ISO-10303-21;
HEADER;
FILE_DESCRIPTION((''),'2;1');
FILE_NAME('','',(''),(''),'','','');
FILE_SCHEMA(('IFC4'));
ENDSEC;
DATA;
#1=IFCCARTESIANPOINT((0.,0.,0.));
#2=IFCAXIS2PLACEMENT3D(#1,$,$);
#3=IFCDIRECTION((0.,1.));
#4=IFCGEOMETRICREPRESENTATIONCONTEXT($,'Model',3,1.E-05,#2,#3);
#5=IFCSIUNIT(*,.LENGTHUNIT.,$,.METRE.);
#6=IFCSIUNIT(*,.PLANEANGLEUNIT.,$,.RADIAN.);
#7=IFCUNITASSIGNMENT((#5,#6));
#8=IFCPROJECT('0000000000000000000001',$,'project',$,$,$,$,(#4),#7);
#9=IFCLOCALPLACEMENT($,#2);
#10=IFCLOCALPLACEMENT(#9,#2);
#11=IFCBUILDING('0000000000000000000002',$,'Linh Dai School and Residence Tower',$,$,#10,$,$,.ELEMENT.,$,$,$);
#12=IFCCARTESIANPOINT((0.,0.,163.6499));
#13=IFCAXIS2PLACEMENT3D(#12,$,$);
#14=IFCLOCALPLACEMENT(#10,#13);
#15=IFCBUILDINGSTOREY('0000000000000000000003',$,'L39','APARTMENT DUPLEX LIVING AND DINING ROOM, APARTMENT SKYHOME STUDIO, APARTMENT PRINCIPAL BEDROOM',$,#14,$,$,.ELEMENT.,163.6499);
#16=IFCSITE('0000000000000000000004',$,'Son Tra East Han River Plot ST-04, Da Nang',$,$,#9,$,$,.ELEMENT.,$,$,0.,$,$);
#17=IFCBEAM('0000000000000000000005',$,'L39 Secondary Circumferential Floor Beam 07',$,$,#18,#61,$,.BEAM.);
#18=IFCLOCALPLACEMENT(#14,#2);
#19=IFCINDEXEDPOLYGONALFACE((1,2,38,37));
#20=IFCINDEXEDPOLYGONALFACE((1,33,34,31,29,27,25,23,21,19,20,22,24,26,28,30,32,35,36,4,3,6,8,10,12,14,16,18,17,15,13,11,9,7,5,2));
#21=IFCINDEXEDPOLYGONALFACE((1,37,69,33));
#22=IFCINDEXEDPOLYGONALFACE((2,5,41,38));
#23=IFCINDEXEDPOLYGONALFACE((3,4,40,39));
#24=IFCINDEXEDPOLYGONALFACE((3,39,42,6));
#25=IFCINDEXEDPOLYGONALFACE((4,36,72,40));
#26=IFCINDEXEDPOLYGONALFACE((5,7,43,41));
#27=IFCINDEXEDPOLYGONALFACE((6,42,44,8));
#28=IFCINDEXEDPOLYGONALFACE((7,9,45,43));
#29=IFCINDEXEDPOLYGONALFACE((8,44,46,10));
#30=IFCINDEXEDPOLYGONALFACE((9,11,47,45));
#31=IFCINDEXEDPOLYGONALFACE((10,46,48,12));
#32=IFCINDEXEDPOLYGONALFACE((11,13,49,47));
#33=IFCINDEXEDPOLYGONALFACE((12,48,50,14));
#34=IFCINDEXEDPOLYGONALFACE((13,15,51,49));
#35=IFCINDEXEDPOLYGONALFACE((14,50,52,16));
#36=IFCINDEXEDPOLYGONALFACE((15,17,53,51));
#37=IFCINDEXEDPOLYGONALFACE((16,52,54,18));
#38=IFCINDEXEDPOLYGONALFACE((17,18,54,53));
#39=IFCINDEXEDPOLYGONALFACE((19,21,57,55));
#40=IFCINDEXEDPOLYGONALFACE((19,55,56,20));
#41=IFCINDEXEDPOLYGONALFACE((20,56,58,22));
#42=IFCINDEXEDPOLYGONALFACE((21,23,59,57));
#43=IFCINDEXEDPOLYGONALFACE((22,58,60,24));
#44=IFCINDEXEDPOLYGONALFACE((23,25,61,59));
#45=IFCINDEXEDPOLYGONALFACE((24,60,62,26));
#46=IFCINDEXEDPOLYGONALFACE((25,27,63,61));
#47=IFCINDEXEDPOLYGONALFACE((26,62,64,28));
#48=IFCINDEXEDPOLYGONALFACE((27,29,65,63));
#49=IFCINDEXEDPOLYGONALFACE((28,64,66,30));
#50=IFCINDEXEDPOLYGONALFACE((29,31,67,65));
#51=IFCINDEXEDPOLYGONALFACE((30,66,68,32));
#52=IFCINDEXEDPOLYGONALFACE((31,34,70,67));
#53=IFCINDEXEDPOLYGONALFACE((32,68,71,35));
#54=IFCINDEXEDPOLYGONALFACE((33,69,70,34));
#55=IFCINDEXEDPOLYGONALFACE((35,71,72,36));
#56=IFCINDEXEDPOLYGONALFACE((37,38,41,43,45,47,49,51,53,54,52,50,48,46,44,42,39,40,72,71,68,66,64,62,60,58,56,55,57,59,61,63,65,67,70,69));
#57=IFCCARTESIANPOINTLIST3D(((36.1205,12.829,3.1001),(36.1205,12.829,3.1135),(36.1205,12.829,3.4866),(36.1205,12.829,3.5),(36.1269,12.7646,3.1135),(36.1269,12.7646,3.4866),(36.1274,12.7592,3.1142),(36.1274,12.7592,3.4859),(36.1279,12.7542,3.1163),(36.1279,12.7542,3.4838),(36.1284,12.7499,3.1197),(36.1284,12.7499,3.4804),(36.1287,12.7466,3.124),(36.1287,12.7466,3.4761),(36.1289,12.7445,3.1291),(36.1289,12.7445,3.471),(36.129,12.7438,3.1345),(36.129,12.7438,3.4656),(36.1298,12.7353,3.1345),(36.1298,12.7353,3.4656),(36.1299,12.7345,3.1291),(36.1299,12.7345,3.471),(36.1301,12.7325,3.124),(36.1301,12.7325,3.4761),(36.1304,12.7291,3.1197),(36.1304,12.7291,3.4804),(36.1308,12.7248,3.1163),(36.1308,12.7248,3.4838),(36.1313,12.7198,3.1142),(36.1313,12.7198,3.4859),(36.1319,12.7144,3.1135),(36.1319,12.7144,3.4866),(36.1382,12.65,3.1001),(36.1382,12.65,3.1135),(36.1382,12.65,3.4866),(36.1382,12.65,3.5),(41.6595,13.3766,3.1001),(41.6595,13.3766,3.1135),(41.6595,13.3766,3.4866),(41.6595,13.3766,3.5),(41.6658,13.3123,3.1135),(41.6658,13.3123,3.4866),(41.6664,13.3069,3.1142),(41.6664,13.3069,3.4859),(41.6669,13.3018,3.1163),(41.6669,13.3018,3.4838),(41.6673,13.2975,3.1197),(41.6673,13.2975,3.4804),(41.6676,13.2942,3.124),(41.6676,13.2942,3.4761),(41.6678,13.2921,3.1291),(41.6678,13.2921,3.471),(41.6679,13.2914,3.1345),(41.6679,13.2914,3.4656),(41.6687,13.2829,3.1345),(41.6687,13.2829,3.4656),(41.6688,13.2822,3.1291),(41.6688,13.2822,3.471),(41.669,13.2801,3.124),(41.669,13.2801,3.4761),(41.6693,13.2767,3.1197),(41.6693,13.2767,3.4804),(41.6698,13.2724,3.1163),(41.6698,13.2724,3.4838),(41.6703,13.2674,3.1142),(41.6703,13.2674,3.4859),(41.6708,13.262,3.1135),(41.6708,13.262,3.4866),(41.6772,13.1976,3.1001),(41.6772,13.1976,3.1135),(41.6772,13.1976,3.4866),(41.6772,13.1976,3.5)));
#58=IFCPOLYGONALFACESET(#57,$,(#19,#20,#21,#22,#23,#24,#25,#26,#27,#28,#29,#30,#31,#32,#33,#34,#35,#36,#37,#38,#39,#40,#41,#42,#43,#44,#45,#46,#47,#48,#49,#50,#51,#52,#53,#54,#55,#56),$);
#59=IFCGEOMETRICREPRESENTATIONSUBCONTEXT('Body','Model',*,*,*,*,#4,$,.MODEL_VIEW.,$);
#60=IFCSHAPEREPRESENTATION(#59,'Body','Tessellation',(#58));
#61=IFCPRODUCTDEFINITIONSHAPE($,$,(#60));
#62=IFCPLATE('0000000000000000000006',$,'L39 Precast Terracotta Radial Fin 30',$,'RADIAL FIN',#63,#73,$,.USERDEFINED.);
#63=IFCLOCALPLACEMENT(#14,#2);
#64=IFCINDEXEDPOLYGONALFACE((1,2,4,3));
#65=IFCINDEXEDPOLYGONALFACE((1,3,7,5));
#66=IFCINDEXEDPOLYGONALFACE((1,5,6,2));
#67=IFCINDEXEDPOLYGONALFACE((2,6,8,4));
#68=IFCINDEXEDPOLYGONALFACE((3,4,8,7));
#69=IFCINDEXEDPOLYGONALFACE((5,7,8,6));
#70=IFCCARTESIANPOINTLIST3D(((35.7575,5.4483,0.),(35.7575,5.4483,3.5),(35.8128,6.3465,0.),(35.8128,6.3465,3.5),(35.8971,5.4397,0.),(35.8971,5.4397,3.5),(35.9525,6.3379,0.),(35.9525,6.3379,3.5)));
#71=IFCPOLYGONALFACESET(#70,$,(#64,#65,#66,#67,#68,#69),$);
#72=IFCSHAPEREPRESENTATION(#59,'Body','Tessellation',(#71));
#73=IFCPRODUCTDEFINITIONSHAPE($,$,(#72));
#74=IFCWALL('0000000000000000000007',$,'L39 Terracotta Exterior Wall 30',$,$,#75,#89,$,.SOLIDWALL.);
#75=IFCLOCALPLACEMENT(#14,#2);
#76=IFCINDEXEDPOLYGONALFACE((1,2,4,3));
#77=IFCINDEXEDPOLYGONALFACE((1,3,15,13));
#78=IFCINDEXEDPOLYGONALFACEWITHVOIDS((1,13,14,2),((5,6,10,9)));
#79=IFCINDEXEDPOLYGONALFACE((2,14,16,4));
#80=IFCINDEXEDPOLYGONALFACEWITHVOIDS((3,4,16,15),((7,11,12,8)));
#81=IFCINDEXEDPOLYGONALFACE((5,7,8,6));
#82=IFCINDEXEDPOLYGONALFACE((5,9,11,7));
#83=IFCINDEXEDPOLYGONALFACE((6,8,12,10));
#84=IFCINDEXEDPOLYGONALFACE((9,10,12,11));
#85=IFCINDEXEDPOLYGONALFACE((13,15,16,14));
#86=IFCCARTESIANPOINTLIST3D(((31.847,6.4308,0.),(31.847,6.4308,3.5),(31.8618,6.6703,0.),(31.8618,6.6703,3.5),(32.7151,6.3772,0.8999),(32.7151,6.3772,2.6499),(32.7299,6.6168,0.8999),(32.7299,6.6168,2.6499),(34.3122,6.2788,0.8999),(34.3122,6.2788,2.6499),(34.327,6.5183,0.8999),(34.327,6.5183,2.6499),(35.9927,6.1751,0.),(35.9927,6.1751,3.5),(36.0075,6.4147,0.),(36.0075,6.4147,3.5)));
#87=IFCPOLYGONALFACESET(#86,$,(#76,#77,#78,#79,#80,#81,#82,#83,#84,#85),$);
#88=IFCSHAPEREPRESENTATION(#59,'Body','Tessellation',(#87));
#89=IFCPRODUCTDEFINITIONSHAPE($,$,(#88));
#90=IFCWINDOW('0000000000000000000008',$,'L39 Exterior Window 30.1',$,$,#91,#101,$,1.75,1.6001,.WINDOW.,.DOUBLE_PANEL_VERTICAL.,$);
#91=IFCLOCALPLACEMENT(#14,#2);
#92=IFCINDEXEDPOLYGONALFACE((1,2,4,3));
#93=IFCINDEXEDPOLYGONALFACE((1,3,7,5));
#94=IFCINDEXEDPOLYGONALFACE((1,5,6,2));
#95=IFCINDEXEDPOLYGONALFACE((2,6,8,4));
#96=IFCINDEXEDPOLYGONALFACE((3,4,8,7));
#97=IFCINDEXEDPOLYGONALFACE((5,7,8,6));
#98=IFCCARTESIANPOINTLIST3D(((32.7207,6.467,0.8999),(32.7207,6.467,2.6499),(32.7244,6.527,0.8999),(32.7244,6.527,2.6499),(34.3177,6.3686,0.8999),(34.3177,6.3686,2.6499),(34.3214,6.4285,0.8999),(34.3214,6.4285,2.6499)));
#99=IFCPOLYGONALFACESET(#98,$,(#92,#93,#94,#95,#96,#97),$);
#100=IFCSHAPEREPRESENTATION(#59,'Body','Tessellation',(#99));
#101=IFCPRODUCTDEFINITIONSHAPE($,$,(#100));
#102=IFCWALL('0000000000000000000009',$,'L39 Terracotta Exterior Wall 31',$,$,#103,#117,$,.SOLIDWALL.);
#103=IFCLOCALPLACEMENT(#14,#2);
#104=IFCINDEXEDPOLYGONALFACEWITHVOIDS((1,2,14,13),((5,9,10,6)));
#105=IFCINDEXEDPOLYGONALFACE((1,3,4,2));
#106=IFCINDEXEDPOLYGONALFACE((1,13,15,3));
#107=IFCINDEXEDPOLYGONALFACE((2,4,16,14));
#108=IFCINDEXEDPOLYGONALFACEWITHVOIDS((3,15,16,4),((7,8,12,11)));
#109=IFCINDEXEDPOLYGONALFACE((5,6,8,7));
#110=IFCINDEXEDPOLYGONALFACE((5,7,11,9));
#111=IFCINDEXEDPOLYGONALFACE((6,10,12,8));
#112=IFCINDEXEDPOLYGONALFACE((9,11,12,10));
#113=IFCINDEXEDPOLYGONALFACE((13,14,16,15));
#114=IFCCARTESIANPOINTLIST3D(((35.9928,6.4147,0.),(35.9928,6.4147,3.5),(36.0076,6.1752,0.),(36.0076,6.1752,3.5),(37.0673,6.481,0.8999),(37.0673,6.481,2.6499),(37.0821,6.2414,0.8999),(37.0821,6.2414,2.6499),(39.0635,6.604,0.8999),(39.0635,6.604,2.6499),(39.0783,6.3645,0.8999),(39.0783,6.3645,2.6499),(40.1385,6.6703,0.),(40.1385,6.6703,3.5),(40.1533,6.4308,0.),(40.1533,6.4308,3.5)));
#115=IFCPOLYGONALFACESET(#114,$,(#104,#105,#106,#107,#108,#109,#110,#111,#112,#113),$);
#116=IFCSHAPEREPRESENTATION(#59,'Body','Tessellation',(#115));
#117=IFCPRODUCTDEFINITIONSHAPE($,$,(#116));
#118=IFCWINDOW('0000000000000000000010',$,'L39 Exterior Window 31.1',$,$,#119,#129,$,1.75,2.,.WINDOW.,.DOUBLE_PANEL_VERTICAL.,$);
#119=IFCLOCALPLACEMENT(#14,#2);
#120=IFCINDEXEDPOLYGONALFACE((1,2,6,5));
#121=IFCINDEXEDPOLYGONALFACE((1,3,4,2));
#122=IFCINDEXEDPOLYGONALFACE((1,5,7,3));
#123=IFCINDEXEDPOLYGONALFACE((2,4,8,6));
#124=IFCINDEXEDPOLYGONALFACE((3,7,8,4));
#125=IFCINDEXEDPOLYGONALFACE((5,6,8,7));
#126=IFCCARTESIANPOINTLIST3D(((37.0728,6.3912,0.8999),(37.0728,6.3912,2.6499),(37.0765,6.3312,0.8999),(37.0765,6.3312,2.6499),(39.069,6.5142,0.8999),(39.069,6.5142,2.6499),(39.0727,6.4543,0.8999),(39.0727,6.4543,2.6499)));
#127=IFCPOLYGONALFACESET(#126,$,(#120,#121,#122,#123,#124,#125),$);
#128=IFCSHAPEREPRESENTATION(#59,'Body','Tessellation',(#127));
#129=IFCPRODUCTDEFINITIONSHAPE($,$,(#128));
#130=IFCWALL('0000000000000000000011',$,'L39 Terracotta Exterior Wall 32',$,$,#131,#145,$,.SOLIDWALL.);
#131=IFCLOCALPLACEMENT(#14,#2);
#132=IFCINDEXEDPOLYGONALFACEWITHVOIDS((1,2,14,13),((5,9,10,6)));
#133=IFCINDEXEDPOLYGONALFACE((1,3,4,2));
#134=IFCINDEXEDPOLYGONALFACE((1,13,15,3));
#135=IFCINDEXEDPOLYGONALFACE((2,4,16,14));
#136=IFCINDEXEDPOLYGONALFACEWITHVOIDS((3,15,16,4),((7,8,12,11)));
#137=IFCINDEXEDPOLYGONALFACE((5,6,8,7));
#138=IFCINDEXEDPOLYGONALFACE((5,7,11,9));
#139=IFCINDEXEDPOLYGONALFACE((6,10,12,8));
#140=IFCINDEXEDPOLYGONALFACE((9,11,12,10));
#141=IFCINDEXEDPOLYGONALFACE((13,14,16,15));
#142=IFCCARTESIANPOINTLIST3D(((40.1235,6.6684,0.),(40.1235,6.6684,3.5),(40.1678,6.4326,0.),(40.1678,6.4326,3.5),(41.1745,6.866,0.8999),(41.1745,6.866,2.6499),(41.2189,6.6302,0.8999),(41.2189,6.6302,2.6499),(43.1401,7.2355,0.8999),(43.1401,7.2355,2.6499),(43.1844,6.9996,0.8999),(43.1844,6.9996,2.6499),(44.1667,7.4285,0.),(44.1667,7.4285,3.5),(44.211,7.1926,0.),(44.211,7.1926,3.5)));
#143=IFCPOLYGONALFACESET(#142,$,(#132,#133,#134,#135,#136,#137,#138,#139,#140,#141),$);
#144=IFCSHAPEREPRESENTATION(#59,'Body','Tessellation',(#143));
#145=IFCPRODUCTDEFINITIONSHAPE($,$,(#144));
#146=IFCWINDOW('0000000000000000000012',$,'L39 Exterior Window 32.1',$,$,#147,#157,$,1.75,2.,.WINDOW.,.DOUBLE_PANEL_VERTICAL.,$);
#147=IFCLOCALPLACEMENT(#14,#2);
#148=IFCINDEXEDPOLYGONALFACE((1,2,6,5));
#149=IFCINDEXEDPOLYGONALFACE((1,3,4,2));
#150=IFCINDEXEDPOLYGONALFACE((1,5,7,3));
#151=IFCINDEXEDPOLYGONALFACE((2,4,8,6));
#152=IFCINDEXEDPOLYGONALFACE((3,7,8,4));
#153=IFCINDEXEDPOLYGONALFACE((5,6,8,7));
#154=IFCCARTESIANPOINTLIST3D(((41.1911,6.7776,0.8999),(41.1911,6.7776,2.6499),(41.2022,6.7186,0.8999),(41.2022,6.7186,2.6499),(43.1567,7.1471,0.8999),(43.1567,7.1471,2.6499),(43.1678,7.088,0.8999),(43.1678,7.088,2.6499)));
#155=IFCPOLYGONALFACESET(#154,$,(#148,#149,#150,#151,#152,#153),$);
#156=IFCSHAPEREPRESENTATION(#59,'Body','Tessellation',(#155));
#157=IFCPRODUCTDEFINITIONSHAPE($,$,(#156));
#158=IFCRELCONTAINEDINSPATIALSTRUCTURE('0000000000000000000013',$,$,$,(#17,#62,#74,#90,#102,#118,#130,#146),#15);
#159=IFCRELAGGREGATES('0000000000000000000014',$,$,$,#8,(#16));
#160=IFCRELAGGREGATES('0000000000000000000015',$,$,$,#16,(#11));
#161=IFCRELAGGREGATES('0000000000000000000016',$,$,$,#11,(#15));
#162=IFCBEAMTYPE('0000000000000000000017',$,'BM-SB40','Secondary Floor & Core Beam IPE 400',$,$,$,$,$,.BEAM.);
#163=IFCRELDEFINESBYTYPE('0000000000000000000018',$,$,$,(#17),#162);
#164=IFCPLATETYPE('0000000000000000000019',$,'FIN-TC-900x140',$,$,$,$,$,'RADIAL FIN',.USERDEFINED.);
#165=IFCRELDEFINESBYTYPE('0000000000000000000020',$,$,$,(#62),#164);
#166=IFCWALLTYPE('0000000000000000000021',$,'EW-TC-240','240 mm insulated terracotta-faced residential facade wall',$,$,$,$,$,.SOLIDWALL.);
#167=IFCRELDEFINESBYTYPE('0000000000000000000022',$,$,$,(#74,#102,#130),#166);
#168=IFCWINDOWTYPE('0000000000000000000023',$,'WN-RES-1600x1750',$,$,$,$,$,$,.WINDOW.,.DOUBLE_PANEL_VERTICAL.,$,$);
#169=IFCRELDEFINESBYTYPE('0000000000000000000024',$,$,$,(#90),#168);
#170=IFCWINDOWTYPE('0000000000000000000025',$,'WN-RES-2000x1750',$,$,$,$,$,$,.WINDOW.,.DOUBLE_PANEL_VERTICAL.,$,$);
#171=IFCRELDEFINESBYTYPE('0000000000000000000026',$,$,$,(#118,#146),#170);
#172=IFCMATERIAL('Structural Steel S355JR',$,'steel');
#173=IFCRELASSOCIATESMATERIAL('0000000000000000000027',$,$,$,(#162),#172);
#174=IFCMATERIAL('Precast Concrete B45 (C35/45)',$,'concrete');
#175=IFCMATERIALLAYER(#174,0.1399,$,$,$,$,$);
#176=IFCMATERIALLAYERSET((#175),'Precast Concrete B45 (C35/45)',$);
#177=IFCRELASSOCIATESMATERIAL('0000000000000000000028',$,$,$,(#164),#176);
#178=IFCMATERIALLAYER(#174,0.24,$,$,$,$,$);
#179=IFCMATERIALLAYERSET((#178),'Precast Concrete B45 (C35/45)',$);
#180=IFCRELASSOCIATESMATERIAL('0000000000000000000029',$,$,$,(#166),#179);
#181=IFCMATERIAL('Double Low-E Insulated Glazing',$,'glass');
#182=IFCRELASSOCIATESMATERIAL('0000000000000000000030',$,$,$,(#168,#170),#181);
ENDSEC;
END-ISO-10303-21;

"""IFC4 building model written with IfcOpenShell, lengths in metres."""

from ifc_helpers import new_model, si_unit, direction, frame, frame_2d, origin, origin_2d, place, context, subcontext, project, spatial, rectangle, i_section, extrude, source, transform, mapped, material, layer, layer_set, material_profile, profile_set, type_object, element, fill, save


model = new_model("IFC4")

# Units and contexts
model_context = context("Model", 3, precision=1e-05, world=origin(), true_north=direction((0.0, 1.0)))
body_context = subcontext(model_context, "Body", "Model", "MODEL_VIEW")
ifc_project = project(units=[si_unit("LENGTHUNIT", "METRE"), si_unit("PLANEANGLEUNIT", "RADIAN")], contexts=[model_context])

# Site, building, storey
site_placement = place(None, origin())
site = spatial("IfcSite", under=ifc_project, at=site_placement, Name="Son Tra East Han River Plot ST-04, Da Nang", CompositionType="ELEMENT", RefElevation=0.0)
building_placement = place(site_placement, origin())
building = spatial("IfcBuilding", under=site, at=building_placement, Name="Linh Dai School and Residence Tower", CompositionType="ELEMENT")
storey_placement = place(building_placement, frame((0.0, 0.0, 163.6499)))
storey = spatial("IfcBuildingStorey", under=building, at=storey_placement, Name="L39", Description="APARTMENT DUPLEX LIVING AND DINING ROOM, APARTMENT SKYHOME STUDIO, APARTMENT PRINCIPAL BEDROOM", CompositionType="ELEMENT", Elevation=163.6499)

# Shared definitions
ifc_material_1 = material(Name="Structural Steel S355JR", Category="steel")

# Beam
ifc_material_profile_1 = material_profile(ifc_material_1, i_section(OverallWidth=0.1799, OverallDepth=0.3999, WebThickness=0.0085, FlangeThickness=0.0134, FilletRadius=0.021, at=origin_2d()), Name="IPE 400")
ifc_profile_set_1 = profile_set([ifc_material_profile_1], Name="Structural Steel S355JR")
beam_type_1 = type_object("IfcBeamType", Name="BM-SB40", Description="Secondary Floor & Core Beam IPE 400", PredefinedType="BEAM", material=ifc_profile_set_1)
beam_1_placement = place(storey_placement, frame((36.1294, 12.7395, 3.3), z_axis=(0.995148, 0.098388, 0.0), x_axis=(-0.098388, 0.995148, 0.0)))
element("IfcBeam", 1, at=beam_1_placement, inside=storey, type_object=beam_type_1, Name="L39 Secondary Circumferential Floor Beam 07", PredefinedType="BEAM", context=body_context, shape_type="SweptSolid", body=[
    extrude(i_section(OverallWidth=0.1799, OverallDepth=0.3999, WebThickness=0.0085, FlangeThickness=0.0134, FilletRadius=0.021, at=origin_2d()), origin(), (0.0, 0.0, 1.0), 5.5659),
])

# Plate
ifc_material_2 = material(Name="Precast Concrete B45 (C35/45)", Category="concrete")
ifc_layer_1 = layer(ifc_material_2, 0.1399)
ifc_layer_set_1 = layer_set([ifc_layer_1], Name="Precast Concrete B45 (C35/45)")
plate_type = type_object("IfcPlateType", Name="FIN-TC-900x140", ElementType="RADIAL FIN", PredefinedType="USERDEFINED", material=ifc_layer_set_1)
shared_shape_1 = source(origin(), body_context, "Body", "SweptSolid", [
    extrude(rectangle(XDim=0.8999, YDim=0.1399, at=origin_2d()), origin(), (0.0, 0.0, 1.0), 3.5),
])
plate_placement = place(storey_placement, frame((35.855, 5.8931, 0.0), z_axis=(0.0, 0.0, 1.0), x_axis=(-0.061512, -0.998106, 0.0)))
element("IfcPlate", 2, at=plate_placement, inside=storey, type_object=plate_type, Name="L39 Precast Terracotta Radial Fin 30", ObjectType="RADIAL FIN", PredefinedType="USERDEFINED", context=body_context, shape_type="MappedRepresentation", body=[
    mapped(shared_shape_1, transform((0.0, 0.0, 0.0), x_axis=(1.0, 0.0, 0.0), y_axis=(0.0, 1.0, 0.0), z_axis=(0.0, 0.0, 1.0), scale=1.0)),
])

# Walls, openings, windows
ifc_layer_2 = layer(ifc_material_2, 0.24)
ifc_layer_set_2 = layer_set([ifc_layer_2], Name="Precast Concrete B45 (C35/45)")
wall_type_1 = type_object("IfcWallType", Name="EW-TC-240", Description="240 mm insulated terracotta-faced residential facade wall", PredefinedType="SOLIDWALL", material=ifc_layer_set_2)
wall_1_placement = place(storey_placement, frame((36.0, 6.2949, 0.0), z_axis=(0.0, 0.0, 1.0), x_axis=(-0.998105, 0.06154, 0.0)))
wall_1 = element("IfcWall", 3, at=wall_1_placement, inside=storey, type_object=wall_type_1, Name="L39 Terracotta Exterior Wall 30", PredefinedType="SOLIDWALL", context=body_context, shape_type="SweptSolid", body=[
    extrude(rectangle(XDim=4.1536, YDim=0.24, at=frame_2d((2.0767, 0.0))), origin(), (0.0, 0.0, 1.0), 3.5),
])
opening_1_placement = place(wall_1_placement, frame((1.6836, 0.0, 0.8999)))
opening_1 = element("IfcOpeningElement", 4, at=opening_1_placement, cuts=wall_1, PredefinedType="OPENING", context=body_context, shape_type="SweptSolid", body=[
    extrude(rectangle(XDim=1.6001, YDim=1.75, at=origin_2d()), frame((0.8, 0.1299, 0.875), z_axis=(0.0, -1.0, 0.0), x_axis=(1.0, 0.0, 0.0)), (0.0, 0.0, 1.0), 0.26),
])
ifc_material_3 = material(Name="Double Low-E Insulated Glazing", Category="glass")
window_type_1 = type_object("IfcWindowType", Name="WN-RES-1600x1750", PartitioningType="DOUBLE_PANEL_VERTICAL", PredefinedType="WINDOW", material=ifc_material_3)
shared_shape_2 = source(origin(), body_context, "Body", "SweptSolid", [
    extrude(rectangle(XDim=1.6001, YDim=1.75, at=origin_2d()), frame((0.8, 0.03, 0.875), z_axis=(0.0, -1.0, 0.0), x_axis=(1.0, 0.0, 0.0)), (0.0, 0.0, 1.0), 0.0601),
])
window_1_placement = place(opening_1_placement, origin())
window_1 = element("IfcWindow", 5, at=window_1_placement, inside=storey, type_object=window_type_1, Name="L39 Exterior Window 30.1", OverallHeight=1.75, OverallWidth=1.6001, PartitioningType="DOUBLE_PANEL_VERTICAL", PredefinedType="WINDOW", context=body_context, shape_type="MappedRepresentation", body=[
    mapped(shared_shape_2, transform((0.0, 0.0, 0.0), x_axis=(1.0, 0.0, 0.0), y_axis=(0.0, 1.0, 0.0), z_axis=(0.0, 0.0, 1.0), scale=1.0)),
])
fill(opening_1, window_1)
wall_2_placement = place(storey_placement, frame((40.1458, 6.5505, 0.0), z_axis=(0.0, 0.0, 1.0), x_axis=(-0.998105, -0.06154, 0.0)))
wall_2 = element("IfcWall", 6, at=wall_2_placement, inside=storey, type_object=wall_type_1, Name="L39 Terracotta Exterior Wall 31", PredefinedType="SOLIDWALL", context=body_context, shape_type="SweptSolid", body=[
    extrude(rectangle(XDim=4.1536, YDim=0.24, at=frame_2d((2.0767, 0.0))), origin(), (0.0, 0.0, 1.0), 3.5),
])
opening_2_placement = place(wall_2_placement, frame((1.0769, 0.0, 0.8999)))
opening_2 = element("IfcOpeningElement", 7, at=opening_2_placement, cuts=wall_2, PredefinedType="OPENING", context=body_context, shape_type="SweptSolid", body=[
    extrude(rectangle(XDim=2.0, YDim=1.75, at=origin_2d()), frame((1.0, 0.1299, 0.875), z_axis=(0.0, -1.0, 0.0), x_axis=(1.0, 0.0, 0.0)), (0.0, 0.0, 1.0), 0.26),
])
window_type_2 = type_object("IfcWindowType", Name="WN-RES-2000x1750", PartitioningType="DOUBLE_PANEL_VERTICAL", PredefinedType="WINDOW", material=ifc_material_3)
shared_shape_3 = source(origin(), body_context, "Body", "SweptSolid", [
    extrude(rectangle(XDim=2.0, YDim=1.75, at=origin_2d()), frame((1.0, 0.03, 0.875), z_axis=(0.0, -1.0, 0.0), x_axis=(1.0, 0.0, 0.0)), (0.0, 0.0, 1.0), 0.0601),
])
window_2_placement = place(opening_2_placement, origin())
window_2 = element("IfcWindow", 8, at=window_2_placement, inside=storey, type_object=window_type_2, Name="L39 Exterior Window 31.1", OverallHeight=1.75, OverallWidth=2.0, PartitioningType="DOUBLE_PANEL_VERTICAL", PredefinedType="WINDOW", context=body_context, shape_type="MappedRepresentation", body=[
    mapped(shared_shape_3, transform((0.0, 0.0, 0.0), x_axis=(1.0, 0.0, 0.0), y_axis=(0.0, 1.0, 0.0), z_axis=(0.0, 0.0, 1.0), scale=1.0)),
])
fill(opening_2, window_2)
wall_3_placement = place(storey_placement, frame((44.189, 7.3105, 0.0), z_axis=(0.0, 0.0, 1.0), x_axis=(-0.982788, -0.184736, 0.0)))
wall_3 = element("IfcWall", 9, at=wall_3_placement, inside=storey, type_object=wall_type_1, Name="L39 Terracotta Exterior Wall 32", PredefinedType="SOLIDWALL", context=body_context, shape_type="SweptSolid", body=[
    extrude(rectangle(XDim=4.114, YDim=0.24, at=frame_2d((2.0571, 0.0))), origin(), (0.0, 0.0, 1.0), 3.5),
])
opening_3_placement = place(wall_3_placement, frame((1.0447, 0.0, 0.8999)))
opening_3 = element("IfcOpeningElement", 10, at=opening_3_placement, cuts=wall_3, PredefinedType="OPENING", context=body_context, shape_type="SweptSolid", body=[
    extrude(rectangle(XDim=2.0, YDim=1.75, at=origin_2d()), frame((1.0, 0.1299, 0.875), z_axis=(0.0, -1.0, 0.0), x_axis=(1.0, 0.0, 0.0)), (0.0, 0.0, 1.0), 0.26),
])
window_3_placement = place(opening_3_placement, origin())
window_3 = element("IfcWindow", 11, at=window_3_placement, inside=storey, type_object=window_type_2, Name="L39 Exterior Window 32.1", OverallHeight=1.75, OverallWidth=2.0, PartitioningType="DOUBLE_PANEL_VERTICAL", PredefinedType="WINDOW", context=body_context, shape_type="MappedRepresentation", body=[
    mapped(shared_shape_3, transform((0.0, 0.0, 0.0), x_axis=(1.0, 0.0, 0.0), y_axis=(0.0, 1.0, 0.0), z_axis=(0.0, 0.0, 1.0), scale=1.0)),
])
fill(opening_3, window_3)

save(model, "model.ifc")
